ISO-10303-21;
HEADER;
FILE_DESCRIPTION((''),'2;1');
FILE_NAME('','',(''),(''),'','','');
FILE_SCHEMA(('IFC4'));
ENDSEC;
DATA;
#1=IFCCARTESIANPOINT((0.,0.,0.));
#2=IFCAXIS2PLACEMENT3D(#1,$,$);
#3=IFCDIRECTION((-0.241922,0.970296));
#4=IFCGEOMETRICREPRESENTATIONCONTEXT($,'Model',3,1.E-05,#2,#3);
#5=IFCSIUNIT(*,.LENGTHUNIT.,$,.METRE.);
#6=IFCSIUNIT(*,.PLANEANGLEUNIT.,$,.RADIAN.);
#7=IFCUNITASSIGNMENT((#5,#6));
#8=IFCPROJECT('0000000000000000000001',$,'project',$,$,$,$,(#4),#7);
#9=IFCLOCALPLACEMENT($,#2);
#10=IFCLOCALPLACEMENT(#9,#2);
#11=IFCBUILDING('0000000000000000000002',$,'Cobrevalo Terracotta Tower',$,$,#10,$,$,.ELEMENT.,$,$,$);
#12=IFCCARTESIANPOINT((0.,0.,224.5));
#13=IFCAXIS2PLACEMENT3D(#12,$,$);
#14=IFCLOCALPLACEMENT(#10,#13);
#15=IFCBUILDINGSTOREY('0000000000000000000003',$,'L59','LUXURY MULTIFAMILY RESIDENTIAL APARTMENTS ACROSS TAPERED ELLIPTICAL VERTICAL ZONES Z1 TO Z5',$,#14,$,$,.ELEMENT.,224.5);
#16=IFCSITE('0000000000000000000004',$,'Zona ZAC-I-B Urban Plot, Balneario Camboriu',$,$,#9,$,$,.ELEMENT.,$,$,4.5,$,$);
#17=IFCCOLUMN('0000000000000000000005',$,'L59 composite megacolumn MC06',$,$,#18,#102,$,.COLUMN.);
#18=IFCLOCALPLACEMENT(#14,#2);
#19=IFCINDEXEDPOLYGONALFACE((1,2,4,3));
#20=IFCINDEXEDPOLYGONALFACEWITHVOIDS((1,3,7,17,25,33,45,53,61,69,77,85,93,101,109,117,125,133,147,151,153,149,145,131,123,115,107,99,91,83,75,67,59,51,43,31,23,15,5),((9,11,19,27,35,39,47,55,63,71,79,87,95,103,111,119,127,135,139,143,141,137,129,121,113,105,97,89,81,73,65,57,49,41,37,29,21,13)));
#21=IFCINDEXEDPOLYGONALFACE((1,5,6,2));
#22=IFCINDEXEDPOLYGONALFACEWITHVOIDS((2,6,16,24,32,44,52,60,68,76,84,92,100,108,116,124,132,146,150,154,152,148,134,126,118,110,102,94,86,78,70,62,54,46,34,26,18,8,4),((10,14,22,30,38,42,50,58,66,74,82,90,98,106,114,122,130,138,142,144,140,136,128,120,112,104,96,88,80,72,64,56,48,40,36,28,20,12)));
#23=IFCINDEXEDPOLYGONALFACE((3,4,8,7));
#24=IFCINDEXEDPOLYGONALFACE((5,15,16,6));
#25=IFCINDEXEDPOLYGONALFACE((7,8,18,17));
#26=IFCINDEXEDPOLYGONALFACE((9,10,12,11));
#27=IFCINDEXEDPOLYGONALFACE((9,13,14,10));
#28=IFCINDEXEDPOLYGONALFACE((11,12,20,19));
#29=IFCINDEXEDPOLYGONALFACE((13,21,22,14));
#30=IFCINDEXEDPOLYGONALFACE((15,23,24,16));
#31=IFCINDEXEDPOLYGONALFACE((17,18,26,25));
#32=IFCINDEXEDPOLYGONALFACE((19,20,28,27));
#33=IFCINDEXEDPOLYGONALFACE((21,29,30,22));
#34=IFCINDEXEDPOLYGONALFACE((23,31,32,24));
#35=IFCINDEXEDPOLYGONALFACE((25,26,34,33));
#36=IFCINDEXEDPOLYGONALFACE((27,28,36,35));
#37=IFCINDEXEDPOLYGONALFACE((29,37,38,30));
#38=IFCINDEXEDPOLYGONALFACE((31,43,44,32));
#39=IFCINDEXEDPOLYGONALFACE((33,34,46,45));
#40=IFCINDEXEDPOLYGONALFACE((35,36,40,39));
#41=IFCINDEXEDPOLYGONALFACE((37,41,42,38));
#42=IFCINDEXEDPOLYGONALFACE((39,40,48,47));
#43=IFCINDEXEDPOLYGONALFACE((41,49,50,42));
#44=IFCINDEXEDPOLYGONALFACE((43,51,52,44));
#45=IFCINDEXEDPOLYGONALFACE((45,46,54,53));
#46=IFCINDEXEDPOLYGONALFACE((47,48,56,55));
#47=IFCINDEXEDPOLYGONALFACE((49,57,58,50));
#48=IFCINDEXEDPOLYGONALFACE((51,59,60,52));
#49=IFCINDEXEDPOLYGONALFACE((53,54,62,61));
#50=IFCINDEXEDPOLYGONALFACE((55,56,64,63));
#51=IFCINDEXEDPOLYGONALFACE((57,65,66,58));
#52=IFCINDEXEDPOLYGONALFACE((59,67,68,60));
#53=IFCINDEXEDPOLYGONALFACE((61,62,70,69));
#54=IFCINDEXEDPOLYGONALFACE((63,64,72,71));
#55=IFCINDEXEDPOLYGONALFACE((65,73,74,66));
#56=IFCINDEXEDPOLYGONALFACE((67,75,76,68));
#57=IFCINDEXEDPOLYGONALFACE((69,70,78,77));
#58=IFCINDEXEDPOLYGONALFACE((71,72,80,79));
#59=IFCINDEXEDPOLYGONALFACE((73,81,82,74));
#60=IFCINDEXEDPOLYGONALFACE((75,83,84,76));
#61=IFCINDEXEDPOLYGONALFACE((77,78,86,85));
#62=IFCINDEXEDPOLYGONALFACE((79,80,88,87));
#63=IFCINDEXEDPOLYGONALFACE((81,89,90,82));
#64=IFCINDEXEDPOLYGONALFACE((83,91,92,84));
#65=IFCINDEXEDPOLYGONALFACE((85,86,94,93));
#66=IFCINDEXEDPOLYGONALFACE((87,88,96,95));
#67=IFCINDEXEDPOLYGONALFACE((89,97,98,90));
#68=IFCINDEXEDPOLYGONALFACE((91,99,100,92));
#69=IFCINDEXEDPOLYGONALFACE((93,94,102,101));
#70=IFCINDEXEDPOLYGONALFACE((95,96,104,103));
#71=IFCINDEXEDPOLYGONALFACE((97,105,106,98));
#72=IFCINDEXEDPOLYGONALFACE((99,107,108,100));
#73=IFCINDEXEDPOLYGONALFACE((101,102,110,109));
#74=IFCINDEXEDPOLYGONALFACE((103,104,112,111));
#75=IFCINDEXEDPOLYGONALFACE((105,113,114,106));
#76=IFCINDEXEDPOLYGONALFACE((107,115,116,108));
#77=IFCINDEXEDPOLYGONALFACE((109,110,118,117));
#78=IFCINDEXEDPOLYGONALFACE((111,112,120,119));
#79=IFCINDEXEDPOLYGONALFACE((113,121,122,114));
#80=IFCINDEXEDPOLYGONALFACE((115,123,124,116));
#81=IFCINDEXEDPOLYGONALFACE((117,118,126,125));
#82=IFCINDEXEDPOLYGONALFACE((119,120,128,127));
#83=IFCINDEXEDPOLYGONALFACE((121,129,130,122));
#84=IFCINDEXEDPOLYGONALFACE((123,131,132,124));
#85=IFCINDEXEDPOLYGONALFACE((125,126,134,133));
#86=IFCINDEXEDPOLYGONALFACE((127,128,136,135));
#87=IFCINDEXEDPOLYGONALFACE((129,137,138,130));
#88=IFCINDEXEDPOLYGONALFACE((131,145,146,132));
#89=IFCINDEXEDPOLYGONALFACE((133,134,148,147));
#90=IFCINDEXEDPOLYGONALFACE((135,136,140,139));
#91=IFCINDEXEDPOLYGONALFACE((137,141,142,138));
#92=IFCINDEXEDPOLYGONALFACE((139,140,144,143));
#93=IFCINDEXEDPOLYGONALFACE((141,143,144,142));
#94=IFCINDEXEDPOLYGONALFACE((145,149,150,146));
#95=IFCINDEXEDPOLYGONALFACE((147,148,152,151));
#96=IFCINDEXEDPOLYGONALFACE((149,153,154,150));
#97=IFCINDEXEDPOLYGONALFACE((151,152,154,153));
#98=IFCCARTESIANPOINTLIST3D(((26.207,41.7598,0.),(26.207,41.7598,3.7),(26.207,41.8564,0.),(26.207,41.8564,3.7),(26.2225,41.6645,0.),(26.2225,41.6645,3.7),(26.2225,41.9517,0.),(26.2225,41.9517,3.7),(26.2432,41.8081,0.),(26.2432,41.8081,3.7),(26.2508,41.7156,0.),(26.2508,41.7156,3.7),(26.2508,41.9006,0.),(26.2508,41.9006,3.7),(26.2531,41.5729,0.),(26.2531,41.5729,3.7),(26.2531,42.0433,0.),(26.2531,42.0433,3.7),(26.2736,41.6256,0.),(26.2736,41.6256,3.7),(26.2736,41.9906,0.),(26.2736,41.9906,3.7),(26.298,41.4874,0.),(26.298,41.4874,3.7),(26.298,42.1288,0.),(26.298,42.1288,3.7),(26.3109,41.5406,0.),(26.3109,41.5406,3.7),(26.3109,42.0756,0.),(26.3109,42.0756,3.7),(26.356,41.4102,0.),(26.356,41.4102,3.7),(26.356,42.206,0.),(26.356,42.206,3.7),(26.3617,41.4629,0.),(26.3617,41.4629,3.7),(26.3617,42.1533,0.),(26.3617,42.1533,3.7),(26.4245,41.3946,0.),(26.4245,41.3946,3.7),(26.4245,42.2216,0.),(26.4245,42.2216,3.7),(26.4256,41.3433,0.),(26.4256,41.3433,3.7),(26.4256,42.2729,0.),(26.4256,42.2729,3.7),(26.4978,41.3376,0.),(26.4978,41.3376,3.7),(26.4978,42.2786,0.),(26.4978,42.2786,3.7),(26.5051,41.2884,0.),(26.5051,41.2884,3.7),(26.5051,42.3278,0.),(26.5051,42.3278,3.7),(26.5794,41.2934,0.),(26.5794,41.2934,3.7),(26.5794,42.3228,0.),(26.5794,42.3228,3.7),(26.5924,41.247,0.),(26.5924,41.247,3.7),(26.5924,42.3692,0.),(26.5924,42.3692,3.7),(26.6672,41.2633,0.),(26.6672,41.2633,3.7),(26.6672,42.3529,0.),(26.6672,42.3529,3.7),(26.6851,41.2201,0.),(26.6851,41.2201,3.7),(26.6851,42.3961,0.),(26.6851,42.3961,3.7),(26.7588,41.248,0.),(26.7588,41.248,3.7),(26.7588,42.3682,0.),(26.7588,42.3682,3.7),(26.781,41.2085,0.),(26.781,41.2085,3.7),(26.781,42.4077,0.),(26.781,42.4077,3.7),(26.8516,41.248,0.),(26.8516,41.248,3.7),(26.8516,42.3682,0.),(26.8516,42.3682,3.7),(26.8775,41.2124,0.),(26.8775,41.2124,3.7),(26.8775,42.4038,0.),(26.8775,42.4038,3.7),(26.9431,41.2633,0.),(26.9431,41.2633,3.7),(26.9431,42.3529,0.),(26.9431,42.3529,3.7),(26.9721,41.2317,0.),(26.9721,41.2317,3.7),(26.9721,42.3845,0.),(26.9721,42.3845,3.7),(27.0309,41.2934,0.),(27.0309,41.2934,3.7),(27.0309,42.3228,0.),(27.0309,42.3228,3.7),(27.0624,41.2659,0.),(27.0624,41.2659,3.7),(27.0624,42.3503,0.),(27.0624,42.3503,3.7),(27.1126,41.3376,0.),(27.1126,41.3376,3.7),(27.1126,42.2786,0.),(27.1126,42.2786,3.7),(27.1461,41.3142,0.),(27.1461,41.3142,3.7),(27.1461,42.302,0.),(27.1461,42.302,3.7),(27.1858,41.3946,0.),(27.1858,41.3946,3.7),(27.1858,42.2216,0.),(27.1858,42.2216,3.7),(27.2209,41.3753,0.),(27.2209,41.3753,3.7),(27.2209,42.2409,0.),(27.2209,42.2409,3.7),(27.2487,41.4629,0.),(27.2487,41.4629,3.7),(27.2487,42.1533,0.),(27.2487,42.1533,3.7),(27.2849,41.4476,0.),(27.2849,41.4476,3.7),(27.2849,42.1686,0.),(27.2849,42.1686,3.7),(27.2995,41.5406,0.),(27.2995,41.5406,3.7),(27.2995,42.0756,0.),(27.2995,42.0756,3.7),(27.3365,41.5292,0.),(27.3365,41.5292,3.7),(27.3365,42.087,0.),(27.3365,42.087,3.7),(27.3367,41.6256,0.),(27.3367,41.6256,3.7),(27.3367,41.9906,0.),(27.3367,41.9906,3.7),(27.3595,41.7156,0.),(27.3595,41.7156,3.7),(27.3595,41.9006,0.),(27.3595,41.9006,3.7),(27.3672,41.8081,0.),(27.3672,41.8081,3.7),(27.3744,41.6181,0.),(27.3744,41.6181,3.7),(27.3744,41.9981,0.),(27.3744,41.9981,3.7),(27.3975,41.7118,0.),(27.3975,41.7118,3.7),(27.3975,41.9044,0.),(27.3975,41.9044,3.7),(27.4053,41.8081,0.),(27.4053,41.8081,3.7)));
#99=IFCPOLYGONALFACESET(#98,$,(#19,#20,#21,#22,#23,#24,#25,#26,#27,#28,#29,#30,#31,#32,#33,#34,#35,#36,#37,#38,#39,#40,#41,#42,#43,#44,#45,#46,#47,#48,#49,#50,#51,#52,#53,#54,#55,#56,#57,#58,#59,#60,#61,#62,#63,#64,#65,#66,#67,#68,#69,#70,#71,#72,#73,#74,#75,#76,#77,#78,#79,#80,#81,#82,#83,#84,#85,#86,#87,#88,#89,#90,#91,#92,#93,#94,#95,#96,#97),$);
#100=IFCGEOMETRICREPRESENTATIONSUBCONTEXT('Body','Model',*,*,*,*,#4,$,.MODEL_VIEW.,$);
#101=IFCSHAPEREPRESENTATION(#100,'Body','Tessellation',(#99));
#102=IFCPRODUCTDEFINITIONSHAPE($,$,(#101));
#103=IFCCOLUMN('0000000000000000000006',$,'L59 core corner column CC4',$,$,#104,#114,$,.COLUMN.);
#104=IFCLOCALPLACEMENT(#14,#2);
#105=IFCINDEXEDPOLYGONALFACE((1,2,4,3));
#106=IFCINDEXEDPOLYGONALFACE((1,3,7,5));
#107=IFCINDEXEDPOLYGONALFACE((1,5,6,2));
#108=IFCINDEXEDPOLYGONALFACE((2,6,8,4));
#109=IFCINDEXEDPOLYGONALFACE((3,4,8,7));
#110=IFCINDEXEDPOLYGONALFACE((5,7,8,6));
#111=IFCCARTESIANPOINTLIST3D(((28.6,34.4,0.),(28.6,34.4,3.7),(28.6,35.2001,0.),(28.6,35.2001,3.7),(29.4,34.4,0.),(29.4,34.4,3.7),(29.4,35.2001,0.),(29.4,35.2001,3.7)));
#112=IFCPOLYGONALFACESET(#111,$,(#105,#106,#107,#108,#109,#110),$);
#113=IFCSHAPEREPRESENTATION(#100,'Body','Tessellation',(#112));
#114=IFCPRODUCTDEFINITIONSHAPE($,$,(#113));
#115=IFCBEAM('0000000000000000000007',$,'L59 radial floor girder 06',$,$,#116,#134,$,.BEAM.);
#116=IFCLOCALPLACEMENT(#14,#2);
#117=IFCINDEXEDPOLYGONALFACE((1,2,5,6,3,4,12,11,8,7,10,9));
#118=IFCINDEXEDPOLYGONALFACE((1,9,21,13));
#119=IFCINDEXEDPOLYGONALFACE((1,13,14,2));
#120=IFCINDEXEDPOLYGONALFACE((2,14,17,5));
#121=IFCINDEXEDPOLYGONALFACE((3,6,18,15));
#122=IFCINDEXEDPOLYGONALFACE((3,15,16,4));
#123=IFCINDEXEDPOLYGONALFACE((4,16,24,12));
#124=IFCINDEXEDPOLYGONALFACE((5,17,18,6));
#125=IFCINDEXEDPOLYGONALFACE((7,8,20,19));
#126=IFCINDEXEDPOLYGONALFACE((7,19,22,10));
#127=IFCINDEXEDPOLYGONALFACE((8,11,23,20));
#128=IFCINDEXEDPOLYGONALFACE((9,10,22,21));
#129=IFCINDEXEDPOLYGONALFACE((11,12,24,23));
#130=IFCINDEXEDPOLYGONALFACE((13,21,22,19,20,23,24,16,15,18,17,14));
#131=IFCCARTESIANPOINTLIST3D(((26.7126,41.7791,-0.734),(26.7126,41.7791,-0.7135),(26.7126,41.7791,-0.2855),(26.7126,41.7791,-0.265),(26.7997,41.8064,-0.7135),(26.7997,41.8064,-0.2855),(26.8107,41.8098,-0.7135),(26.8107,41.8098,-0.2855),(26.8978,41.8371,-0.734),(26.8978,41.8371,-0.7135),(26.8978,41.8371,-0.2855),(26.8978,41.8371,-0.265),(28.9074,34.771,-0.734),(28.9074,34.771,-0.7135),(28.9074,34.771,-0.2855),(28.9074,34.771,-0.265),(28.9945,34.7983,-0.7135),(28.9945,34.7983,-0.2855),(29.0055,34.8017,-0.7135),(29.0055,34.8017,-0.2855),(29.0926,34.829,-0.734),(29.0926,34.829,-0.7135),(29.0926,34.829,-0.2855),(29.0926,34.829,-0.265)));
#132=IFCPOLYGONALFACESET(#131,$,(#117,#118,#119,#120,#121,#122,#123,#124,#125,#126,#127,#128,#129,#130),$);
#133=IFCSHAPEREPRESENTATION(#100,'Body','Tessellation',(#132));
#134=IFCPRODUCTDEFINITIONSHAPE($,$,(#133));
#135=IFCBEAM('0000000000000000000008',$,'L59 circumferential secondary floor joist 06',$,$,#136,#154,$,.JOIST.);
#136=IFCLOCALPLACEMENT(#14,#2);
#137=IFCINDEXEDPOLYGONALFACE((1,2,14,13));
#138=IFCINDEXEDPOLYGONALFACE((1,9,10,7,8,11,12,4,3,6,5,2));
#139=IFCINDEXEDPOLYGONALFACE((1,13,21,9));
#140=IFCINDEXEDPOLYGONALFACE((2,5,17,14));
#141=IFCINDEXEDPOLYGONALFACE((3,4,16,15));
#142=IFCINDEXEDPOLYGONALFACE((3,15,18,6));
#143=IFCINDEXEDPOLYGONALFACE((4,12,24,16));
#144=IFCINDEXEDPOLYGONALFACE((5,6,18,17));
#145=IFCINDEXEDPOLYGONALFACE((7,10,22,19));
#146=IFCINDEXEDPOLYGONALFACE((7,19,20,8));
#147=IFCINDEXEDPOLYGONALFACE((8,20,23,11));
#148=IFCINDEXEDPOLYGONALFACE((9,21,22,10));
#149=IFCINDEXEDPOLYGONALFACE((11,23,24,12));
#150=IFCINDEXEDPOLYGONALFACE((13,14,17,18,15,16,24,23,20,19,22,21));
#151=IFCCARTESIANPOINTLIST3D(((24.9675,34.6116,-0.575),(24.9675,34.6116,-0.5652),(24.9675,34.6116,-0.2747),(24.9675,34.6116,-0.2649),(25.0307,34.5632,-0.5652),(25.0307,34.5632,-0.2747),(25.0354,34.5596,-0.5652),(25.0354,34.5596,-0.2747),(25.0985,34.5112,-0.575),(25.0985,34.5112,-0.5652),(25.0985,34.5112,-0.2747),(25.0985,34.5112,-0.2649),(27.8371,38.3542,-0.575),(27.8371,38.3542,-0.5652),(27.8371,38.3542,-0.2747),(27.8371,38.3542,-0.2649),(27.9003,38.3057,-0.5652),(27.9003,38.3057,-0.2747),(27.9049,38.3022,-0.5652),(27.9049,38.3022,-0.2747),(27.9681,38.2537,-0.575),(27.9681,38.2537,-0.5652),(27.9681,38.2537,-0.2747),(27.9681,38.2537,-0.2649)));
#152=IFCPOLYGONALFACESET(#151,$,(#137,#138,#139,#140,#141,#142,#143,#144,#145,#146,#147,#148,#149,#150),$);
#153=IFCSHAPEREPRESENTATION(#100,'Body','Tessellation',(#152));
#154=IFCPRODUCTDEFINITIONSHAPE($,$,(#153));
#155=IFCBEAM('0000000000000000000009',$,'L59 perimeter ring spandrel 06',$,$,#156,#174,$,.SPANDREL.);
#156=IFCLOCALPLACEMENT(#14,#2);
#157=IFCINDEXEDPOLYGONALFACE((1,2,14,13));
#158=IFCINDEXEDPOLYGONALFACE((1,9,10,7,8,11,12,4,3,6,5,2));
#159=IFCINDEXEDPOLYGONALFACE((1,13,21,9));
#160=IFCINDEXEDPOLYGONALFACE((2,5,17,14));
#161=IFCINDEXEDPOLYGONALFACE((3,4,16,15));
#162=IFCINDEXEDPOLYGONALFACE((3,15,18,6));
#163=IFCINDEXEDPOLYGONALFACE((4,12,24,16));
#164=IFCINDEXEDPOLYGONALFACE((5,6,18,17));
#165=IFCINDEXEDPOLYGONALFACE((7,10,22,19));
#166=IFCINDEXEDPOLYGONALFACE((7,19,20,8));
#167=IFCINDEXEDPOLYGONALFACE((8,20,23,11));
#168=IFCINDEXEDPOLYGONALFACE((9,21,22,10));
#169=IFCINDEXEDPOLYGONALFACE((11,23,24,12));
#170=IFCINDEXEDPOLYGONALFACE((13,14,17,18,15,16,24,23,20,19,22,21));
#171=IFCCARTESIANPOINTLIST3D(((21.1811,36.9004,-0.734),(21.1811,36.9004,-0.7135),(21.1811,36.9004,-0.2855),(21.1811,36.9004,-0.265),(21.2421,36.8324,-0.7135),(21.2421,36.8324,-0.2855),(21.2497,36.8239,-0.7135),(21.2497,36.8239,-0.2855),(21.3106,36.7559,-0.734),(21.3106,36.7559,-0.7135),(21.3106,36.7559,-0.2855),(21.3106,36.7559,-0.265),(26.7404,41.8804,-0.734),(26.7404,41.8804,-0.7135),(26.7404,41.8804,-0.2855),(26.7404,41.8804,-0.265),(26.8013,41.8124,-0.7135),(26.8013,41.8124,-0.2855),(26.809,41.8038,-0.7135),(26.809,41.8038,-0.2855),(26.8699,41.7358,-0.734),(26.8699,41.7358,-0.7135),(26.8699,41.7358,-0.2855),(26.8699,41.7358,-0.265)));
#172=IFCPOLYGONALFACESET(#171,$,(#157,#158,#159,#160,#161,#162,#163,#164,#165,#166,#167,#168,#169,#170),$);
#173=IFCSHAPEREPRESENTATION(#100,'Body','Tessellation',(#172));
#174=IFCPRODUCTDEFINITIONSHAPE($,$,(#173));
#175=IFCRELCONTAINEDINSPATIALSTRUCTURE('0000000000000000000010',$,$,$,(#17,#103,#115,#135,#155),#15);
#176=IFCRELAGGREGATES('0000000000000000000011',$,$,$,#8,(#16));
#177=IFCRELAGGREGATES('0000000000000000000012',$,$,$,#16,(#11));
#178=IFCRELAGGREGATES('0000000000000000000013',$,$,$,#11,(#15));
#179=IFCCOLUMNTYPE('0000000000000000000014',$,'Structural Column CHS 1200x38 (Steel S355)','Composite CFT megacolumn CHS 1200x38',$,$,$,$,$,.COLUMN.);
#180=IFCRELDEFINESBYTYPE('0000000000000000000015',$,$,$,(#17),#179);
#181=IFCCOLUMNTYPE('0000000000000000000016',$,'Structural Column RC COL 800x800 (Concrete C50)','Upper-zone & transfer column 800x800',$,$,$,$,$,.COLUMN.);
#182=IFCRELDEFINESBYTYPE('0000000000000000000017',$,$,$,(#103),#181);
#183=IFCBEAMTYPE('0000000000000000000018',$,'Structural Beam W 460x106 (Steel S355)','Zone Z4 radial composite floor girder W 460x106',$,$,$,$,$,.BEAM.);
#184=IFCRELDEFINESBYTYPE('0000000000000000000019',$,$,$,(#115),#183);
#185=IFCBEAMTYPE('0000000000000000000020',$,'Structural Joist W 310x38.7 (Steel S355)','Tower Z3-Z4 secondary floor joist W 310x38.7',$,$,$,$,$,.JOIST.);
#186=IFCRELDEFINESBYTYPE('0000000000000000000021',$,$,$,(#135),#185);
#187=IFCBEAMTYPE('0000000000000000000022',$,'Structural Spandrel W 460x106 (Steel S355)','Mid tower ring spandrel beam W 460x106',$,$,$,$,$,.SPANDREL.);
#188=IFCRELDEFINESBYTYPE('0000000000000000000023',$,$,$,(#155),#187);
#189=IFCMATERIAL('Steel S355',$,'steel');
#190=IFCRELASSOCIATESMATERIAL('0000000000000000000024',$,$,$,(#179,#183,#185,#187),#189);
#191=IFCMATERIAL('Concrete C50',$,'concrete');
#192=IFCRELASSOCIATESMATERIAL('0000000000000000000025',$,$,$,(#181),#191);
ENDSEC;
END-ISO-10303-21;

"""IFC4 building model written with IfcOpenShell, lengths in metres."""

from ifc_helpers import new_model, si_unit, direction, frame, origin, origin_2d, place, context, subcontext, project, spatial, rectangle, hollow_circle, i_section, extrude, material, material_profile, profile_set, type_object, element, save


model = new_model("IFC4")

# Units and contexts
model_context = context("Model", 3, precision=1e-05, world=origin(), true_north=direction((-0.241922, 0.970296)))
body_context = subcontext(model_context, "Body", "Model", "MODEL_VIEW")
ifc_project = project(units=[si_unit("LENGTHUNIT", "METRE"), si_unit("PLANEANGLEUNIT", "RADIAN")], contexts=[model_context])

# Site, building, storey
site_placement = place(None, origin())
site = spatial("IfcSite", under=ifc_project, at=site_placement, Name="Zona ZAC-I-B Urban Plot, Balneario Camboriu", CompositionType="ELEMENT", RefElevation=4.5)
building_placement = place(site_placement, origin())
building = spatial("IfcBuilding", under=site, at=building_placement, Name="Cobrevalo Terracotta Tower", CompositionType="ELEMENT")
storey_placement = place(building_placement, frame((0.0, 0.0, 224.5)))
storey = spatial("IfcBuildingStorey", under=building, at=storey_placement, Name="L59", Description="LUXURY MULTIFAMILY RESIDENTIAL APARTMENTS ACROSS TAPERED ELLIPTICAL VERTICAL ZONES Z1 TO Z5", CompositionType="ELEMENT", Elevation=224.5)

# Columns
ifc_material_1 = material(Name="Steel S355", Category="steel")
ifc_material_profile_1 = material_profile(ifc_material_1, hollow_circle(Radius=0.6001, WallThickness=0.0381, at=origin_2d()), Name="CHS 1200x38")
ifc_profile_set_1 = profile_set([ifc_material_profile_1], Name="Steel S355")
column_type_1 = type_object("IfcColumnType", Name="Structural Column CHS 1200x38 (Steel S355)", Description="Composite CFT megacolumn CHS 1200x38", PredefinedType="COLUMN", material=ifc_profile_set_1)
column_1_placement = place(storey_placement, frame((26.8052, 41.8081, 0.0), z_axis=(0.0, 0.0, 1.0), x_axis=(1.0, 0.0, 0.0)))
element("IfcColumn", 1, at=column_1_placement, inside=storey, type_object=column_type_1, Name="L59 composite megacolumn MC06", PredefinedType="COLUMN", context=body_context, shape_type="SweptSolid", body=[
    extrude(hollow_circle(Radius=0.6001, WallThickness=0.0381, at=origin_2d()), origin(), (0.0, 0.0, 1.0), 3.7),
])
ifc_material_2 = material(Name="Concrete C50", Category="concrete")
ifc_material_profile_2 = material_profile(ifc_material_2, rectangle(XDim=0.8, YDim=0.8, at=origin_2d()), Name="RC COL 800x800")
ifc_profile_set_2 = profile_set([ifc_material_profile_2], Name="Concrete C50")
column_type_2 = type_object("IfcColumnType", Name="Structural Column RC COL 800x800 (Concrete C50)", Description="Upper-zone & transfer column 800x800", PredefinedType="COLUMN", material=ifc_profile_set_2)
column_2_placement = place(storey_placement, frame((29.0, 34.8, 0.0), z_axis=(0.0, 0.0, 1.0), x_axis=(1.0, 0.0, 0.0)))
element("IfcColumn", 2, at=column_2_placement, inside=storey, type_object=column_type_2, Name="L59 core corner column CC4", PredefinedType="COLUMN", context=body_context, shape_type="SweptSolid", body=[
    extrude(rectangle(XDim=0.8, YDim=0.8, at=origin_2d()), origin(), (0.0, 0.0, 1.0), 3.7),
])

# Beams
ifc_material_profile_3 = material_profile(ifc_material_1, i_section(OverallWidth=0.1941, OverallDepth=0.469, WebThickness=0.0115, FlangeThickness=0.0205, at=origin_2d()), Name="W 460x106")
ifc_profile_set_3 = profile_set([ifc_material_profile_3], Name="Steel S355")
beam_type_1 = type_object("IfcBeamType", Name="Structural Beam W 460x106 (Steel S355)", Description="Zone Z4 radial composite floor girder W 460x106", PredefinedType="BEAM", material=ifc_profile_set_3)
beam_1_placement = place(storey_placement, frame((26.8052, 41.8081, -0.4995), z_axis=(0.298871, -0.954293, 0.0), x_axis=(0.954293, 0.298871, 0.0)))
element("IfcBeam", 3, at=beam_1_placement, inside=storey, type_object=beam_type_1, Name="L59 radial floor girder 06", PredefinedType="BEAM", context=body_context, shape_type="SweptSolid", body=[
    extrude(i_section(OverallWidth=0.1941, OverallDepth=0.469, WebThickness=0.0115, FlangeThickness=0.0205, at=origin_2d()), origin(), (0.0, 0.0, 1.0), 7.3438),
])
ifc_material_profile_4 = material_profile(ifc_material_1, i_section(OverallWidth=0.165, OverallDepth=0.3101, WebThickness=0.0059, FlangeThickness=0.0098, at=origin_2d()), Name="W 310x38.7")
ifc_profile_set_4 = profile_set([ifc_material_profile_4], Name="Steel S355")
beam_type_2 = type_object("IfcBeamType", Name="Structural Joist W 310x38.7 (Steel S355)", Description="Tower Z3-Z4 secondary floor joist W 310x38.7", PredefinedType="JOIST", material=ifc_profile_set_4)
beam_2_placement = place(storey_placement, frame((27.9026, 38.304, -0.4199), z_axis=(-0.608464, -0.793581, 0.0), x_axis=(0.793581, -0.608464, 0.0)))
element("IfcBeam", 4, at=beam_2_placement, inside=storey, type_object=beam_type_2, Name="L59 circumferential secondary floor joist 06", PredefinedType="JOIST", context=body_context, shape_type="SweptSolid", body=[
    extrude(i_section(OverallWidth=0.165, OverallDepth=0.3101, WebThickness=0.0059, FlangeThickness=0.0098, at=origin_2d()), origin(), (0.0, 0.0, 1.0), 4.7161),
])
ifc_material_profile_5 = material_profile(ifc_material_1, i_section(OverallWidth=0.1941, OverallDepth=0.469, WebThickness=0.0115, FlangeThickness=0.0205, at=origin_2d()), Name="W 460x106")
ifc_profile_set_5 = profile_set([ifc_material_profile_5], Name="Steel S355")
beam_type_3 = type_object("IfcBeamType", Name="Structural Spandrel W 460x106 (Steel S355)", Description="Mid tower ring spandrel beam W 460x106", PredefinedType="SPANDREL", material=ifc_profile_set_5)
beam_3_placement = place(storey_placement, frame((26.8052, 41.8081, -0.4995), z_axis=(-0.744852, -0.66723, 0.0), x_axis=(0.66723, -0.744852, 0.0)))
element("IfcBeam", 5, at=beam_3_placement, inside=storey, type_object=beam_type_3, Name="L59 perimeter ring spandrel 06", PredefinedType="SPANDREL", context=body_context, shape_type="SweptSolid", body=[
    extrude(i_section(OverallWidth=0.1941, OverallDepth=0.469, WebThickness=0.0115, FlangeThickness=0.0205, at=origin_2d()), origin(), (0.0, 0.0, 1.0), 7.4636),
])

save(model, "model.ifc")
